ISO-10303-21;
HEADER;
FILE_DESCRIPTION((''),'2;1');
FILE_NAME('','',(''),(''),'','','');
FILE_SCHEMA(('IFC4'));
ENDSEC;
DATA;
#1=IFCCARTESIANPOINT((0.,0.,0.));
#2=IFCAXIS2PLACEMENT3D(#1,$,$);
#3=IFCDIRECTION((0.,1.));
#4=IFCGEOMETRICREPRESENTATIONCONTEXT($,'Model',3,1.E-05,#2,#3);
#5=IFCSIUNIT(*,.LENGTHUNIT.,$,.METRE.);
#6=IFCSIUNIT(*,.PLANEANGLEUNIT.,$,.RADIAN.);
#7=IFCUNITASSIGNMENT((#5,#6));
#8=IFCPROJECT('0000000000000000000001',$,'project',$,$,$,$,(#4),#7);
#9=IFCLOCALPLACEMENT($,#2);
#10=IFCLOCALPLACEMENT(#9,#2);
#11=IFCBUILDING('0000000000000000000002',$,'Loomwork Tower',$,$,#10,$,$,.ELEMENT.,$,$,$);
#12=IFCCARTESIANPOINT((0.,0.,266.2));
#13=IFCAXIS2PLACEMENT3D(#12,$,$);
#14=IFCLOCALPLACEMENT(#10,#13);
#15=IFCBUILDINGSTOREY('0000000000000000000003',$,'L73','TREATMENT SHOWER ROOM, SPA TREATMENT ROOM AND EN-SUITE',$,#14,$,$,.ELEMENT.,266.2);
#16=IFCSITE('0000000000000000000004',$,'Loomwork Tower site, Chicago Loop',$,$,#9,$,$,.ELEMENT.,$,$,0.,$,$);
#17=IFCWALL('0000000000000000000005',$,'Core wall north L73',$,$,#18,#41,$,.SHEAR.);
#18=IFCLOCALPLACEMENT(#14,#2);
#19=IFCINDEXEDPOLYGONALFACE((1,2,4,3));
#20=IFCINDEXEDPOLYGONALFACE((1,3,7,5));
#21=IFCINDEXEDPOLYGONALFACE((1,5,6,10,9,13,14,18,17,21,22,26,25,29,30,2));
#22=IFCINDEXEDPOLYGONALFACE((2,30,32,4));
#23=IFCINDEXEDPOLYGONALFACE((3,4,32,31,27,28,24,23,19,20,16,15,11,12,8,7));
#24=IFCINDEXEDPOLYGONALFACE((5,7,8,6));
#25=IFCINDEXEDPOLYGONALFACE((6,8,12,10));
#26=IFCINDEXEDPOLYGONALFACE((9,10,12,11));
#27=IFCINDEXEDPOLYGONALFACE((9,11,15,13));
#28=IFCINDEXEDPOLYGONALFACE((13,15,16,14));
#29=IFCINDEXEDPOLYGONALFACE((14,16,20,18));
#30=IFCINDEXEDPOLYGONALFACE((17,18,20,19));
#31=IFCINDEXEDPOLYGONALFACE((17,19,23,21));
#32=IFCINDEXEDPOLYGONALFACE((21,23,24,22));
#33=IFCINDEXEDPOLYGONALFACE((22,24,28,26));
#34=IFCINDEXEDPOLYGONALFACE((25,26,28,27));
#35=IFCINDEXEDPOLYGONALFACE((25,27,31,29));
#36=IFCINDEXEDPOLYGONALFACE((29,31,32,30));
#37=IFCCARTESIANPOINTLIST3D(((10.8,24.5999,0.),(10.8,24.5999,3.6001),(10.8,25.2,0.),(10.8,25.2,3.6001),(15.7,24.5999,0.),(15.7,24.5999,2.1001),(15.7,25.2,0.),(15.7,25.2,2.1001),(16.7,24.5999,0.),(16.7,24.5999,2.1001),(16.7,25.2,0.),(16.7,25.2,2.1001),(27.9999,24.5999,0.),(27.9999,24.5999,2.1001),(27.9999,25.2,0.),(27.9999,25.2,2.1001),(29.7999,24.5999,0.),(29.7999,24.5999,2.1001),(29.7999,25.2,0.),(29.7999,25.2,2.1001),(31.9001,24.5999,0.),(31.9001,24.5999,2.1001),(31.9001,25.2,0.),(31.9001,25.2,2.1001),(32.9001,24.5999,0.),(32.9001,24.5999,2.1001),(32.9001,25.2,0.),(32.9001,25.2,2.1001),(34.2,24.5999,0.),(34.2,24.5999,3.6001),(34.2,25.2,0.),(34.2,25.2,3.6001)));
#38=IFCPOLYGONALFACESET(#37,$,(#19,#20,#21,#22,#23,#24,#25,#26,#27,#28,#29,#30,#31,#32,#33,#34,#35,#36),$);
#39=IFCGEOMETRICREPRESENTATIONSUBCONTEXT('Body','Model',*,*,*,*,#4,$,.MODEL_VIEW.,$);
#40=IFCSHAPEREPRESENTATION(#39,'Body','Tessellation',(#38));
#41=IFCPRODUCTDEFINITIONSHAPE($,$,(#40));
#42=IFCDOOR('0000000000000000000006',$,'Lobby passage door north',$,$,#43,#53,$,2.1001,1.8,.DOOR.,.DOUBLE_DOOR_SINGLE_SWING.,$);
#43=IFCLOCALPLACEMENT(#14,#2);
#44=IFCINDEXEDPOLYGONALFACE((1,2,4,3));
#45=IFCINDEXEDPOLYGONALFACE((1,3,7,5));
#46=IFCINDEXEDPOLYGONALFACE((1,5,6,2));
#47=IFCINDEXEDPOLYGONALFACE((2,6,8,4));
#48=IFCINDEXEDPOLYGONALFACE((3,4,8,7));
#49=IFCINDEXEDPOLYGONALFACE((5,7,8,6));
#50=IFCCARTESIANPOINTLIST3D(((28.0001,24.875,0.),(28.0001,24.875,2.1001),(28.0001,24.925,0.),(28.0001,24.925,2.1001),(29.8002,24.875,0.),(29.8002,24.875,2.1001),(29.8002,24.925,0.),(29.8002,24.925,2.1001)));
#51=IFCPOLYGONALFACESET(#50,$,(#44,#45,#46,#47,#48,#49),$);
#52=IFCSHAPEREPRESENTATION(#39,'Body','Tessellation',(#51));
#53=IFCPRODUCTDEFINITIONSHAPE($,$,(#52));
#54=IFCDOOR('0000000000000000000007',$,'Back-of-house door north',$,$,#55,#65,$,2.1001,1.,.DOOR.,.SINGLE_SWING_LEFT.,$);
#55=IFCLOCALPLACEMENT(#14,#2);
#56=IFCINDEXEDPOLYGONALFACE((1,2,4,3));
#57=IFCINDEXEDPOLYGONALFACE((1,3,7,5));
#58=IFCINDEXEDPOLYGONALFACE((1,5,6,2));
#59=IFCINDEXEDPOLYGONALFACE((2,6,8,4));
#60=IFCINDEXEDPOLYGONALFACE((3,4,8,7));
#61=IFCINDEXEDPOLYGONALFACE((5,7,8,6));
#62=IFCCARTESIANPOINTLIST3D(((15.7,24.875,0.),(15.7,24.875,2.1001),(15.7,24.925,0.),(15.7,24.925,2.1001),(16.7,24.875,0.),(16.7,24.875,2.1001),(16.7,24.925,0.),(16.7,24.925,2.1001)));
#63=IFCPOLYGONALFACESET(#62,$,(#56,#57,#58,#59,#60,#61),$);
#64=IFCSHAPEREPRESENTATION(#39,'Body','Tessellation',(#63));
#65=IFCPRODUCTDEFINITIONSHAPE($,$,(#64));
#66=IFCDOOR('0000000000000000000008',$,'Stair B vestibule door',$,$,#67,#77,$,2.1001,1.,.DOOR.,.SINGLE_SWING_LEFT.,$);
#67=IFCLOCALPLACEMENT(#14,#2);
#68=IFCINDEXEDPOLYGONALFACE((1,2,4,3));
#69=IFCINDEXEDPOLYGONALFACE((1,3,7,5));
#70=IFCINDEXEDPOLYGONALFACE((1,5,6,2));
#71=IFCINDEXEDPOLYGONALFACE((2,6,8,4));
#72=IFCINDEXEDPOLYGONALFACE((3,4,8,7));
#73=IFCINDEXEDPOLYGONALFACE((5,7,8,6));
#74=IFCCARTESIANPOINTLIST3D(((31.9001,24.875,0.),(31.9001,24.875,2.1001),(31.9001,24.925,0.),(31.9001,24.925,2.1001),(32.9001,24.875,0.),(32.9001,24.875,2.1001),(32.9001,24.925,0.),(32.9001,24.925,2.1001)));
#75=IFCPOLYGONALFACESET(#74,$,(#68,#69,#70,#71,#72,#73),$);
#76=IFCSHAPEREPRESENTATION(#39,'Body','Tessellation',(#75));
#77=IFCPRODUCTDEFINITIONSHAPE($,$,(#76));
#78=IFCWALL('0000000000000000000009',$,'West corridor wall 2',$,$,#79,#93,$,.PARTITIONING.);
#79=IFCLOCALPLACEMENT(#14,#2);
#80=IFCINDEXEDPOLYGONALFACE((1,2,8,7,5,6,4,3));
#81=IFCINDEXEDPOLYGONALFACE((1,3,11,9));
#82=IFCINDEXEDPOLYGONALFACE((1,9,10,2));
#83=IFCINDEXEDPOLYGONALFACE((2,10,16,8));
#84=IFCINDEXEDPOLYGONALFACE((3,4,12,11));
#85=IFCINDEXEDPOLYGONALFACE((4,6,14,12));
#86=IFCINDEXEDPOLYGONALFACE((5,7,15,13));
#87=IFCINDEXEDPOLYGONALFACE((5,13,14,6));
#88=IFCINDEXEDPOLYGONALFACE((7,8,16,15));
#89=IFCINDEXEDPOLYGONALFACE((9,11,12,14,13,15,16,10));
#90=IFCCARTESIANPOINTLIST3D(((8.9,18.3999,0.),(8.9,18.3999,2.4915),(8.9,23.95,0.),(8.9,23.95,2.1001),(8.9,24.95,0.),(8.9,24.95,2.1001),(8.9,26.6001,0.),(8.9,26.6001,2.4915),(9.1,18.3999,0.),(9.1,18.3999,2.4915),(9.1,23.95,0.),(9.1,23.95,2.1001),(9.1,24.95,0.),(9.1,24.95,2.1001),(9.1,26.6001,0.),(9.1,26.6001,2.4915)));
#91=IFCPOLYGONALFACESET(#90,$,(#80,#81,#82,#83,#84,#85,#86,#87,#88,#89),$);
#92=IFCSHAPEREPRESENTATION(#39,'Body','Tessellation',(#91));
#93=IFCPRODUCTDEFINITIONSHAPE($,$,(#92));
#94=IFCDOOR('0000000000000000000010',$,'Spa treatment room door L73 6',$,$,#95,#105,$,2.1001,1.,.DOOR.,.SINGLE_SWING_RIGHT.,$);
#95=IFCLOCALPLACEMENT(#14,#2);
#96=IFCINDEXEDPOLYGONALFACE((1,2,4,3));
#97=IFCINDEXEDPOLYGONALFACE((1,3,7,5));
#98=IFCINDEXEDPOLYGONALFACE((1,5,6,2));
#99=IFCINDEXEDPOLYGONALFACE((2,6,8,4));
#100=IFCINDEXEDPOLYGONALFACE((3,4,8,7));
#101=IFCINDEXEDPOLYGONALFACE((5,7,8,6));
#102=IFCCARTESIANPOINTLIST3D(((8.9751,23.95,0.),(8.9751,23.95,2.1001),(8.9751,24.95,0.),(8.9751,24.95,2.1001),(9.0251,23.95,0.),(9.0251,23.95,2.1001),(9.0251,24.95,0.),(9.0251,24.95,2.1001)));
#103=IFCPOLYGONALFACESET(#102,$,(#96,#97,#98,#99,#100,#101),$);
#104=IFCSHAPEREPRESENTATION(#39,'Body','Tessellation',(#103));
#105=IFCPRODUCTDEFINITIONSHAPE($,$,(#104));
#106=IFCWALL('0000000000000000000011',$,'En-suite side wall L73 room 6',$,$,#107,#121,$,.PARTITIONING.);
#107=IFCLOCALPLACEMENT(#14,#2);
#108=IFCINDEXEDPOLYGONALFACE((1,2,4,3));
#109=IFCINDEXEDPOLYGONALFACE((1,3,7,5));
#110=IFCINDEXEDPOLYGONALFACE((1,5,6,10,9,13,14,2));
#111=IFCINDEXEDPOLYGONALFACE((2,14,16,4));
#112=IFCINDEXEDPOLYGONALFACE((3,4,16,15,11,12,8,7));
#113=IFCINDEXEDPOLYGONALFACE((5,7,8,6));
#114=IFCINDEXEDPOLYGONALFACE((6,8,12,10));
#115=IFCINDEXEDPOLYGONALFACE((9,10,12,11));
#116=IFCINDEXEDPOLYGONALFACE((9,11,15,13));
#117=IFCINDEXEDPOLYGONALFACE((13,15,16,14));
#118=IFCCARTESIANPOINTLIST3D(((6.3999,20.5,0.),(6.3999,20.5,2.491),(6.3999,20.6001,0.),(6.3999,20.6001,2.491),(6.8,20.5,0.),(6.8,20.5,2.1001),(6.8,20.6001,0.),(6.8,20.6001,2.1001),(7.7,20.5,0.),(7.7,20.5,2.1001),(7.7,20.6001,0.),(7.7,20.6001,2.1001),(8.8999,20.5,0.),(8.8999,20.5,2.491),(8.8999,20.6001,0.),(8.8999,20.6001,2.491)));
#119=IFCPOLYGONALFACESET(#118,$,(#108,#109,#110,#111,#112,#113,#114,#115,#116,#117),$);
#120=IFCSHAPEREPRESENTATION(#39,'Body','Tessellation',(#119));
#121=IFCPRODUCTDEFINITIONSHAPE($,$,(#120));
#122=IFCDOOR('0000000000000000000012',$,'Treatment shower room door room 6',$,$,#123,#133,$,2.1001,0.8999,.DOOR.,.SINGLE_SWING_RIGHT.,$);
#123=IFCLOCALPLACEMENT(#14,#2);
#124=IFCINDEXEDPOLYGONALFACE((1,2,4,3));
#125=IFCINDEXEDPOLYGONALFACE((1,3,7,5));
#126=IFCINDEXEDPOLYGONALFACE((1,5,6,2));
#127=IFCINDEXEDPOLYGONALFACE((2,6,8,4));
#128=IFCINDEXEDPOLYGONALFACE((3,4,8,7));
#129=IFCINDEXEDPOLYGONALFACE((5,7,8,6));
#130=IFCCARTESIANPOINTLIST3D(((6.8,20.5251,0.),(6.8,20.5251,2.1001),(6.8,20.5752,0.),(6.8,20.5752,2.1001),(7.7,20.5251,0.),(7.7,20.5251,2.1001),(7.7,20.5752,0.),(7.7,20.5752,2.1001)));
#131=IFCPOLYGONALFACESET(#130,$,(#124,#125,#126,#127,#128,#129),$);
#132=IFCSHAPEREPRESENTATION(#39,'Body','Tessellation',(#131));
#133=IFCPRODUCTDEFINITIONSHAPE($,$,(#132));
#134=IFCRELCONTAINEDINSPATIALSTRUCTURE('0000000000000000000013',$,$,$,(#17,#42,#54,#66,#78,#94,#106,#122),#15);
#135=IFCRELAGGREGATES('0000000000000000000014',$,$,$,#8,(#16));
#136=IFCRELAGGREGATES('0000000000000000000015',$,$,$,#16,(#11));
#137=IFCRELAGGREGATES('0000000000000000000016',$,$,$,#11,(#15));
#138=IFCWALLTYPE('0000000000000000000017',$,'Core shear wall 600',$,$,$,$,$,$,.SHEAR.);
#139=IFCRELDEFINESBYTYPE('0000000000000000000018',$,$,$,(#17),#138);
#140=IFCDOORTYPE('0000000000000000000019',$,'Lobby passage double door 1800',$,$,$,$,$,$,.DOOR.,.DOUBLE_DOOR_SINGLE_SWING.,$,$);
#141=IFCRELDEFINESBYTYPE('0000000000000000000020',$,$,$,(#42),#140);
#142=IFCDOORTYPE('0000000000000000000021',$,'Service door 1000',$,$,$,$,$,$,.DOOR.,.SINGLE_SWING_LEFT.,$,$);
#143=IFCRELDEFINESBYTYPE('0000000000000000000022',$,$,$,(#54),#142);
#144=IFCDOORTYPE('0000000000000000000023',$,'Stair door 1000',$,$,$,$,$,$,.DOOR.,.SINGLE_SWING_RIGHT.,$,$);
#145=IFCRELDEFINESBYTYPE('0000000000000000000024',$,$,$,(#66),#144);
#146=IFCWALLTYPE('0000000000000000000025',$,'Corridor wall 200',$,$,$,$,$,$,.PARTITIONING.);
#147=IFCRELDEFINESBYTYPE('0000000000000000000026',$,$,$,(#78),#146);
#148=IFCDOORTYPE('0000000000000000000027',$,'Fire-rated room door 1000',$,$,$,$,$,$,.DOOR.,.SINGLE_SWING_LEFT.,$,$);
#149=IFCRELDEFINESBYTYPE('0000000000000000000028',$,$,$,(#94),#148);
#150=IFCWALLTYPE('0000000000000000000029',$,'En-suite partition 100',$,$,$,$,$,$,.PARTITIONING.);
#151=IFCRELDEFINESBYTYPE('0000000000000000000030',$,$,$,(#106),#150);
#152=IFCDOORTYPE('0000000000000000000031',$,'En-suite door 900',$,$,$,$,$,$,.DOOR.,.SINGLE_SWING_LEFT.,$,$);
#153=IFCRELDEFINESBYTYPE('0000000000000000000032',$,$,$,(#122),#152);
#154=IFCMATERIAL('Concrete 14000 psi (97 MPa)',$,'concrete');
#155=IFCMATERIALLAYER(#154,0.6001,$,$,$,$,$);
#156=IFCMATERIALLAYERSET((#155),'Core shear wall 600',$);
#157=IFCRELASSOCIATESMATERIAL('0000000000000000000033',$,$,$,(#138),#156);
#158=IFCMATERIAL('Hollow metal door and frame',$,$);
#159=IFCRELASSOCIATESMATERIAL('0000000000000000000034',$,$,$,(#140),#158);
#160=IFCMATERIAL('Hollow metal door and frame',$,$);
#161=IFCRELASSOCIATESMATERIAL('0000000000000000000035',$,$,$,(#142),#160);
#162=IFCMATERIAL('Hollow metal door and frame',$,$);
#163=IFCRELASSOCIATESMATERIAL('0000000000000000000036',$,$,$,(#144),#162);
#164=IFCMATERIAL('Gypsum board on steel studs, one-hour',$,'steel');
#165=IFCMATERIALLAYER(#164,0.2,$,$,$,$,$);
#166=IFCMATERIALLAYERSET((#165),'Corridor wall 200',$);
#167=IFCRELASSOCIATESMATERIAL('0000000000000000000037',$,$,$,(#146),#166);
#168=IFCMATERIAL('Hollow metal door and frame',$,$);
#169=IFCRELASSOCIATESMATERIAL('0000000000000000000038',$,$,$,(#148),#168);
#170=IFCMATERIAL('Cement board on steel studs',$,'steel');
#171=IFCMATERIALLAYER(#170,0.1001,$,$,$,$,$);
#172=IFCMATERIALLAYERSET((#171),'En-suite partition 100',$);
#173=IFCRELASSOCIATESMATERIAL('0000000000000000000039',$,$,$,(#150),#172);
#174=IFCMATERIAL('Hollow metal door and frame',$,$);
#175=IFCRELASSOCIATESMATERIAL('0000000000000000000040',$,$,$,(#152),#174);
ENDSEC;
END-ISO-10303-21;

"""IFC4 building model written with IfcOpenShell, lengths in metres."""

from ifc_helpers import new_model, si_unit, direction, frame, frame_2d, origin, place, context, subcontext, project, spatial, rectangle, extrude, material, layer, layer_set, type_object, element, fill, save


model = new_model("IFC4")

# Units and contexts
model_context = context("Model", 3, precision=1e-05, world=origin(), true_north=direction((0.0, 1.0)))
body_context = subcontext(model_context, "Body", "Model", "MODEL_VIEW")
ifc_project = project(units=[si_unit("LENGTHUNIT", "METRE"), si_unit("PLANEANGLEUNIT", "RADIAN")], contexts=[model_context])

# Site, building, storey
site_placement = place(None, origin())
site = spatial("IfcSite", under=ifc_project, at=site_placement, Name="Loomwork Tower site, Chicago Loop", CompositionType="ELEMENT", RefElevation=0.0)
building_placement = place(site_placement, origin())
building = spatial("IfcBuilding", under=site, at=building_placement, Name="Loomwork Tower", CompositionType="ELEMENT")
storey_placement = place(building_placement, frame((0.0, 0.0, 266.2)))
storey = spatial("IfcBuildingStorey", under=building, at=storey_placement, Name="L73", Description="TREATMENT SHOWER ROOM, SPA TREATMENT ROOM AND EN-SUITE", CompositionType="ELEMENT", Elevation=266.2)

# Wall, openings, doors
ifc_material_1 = material(Name="Concrete 14000 psi (97 MPa)", Category="concrete")
ifc_layer_1 = layer(ifc_material_1, 0.6001)
ifc_layer_set_1 = layer_set([ifc_layer_1], Name="Core shear wall 600")
wall_type_1 = type_object("IfcWallType", Name="Core shear wall 600", PredefinedType="SHEAR", material=ifc_layer_set_1)
wall_1_placement = place(storey_placement, frame((10.8, 24.8999, 0.0), z_axis=(0.0, 0.0, 1.0), x_axis=(1.0, 0.0, 0.0)))
wall_1 = element("IfcWall", 1, at=wall_1_placement, inside=storey, type_object=wall_type_1, Name="Core wall north L73", PredefinedType="SHEAR", context=body_context, shape_type="SweptSolid", body=[
    extrude(rectangle(XDim=23.3999, YDim=0.6001, at=frame_2d((11.7, 0.0))), origin(), (0.0, 0.0, 1.0), 3.6001),
])
opening_1_placement = place(wall_1_placement, frame((17.2, 0.0, 0.0)))
opening_1 = element("IfcOpeningElement", 2, at=opening_1_placement, cuts=wall_1, PredefinedType="OPENING", context=body_context, shape_type="SweptSolid", body=[
    extrude(rectangle(XDim=1.8, YDim=2.1001, at=frame_2d((0.8999, 1.05))), frame((0.0, 0.3101, 0.0), z_axis=(0.0, -1.0, 0.0), x_axis=(1.0, 0.0, 0.0)), (0.0, 0.0, 1.0), 0.6201),
])
opening_2_placement = place(wall_1_placement, frame((21.1001, 0.0, 0.0)))
opening_2 = element("IfcOpeningElement", 3, at=opening_2_placement, cuts=wall_1, PredefinedType="OPENING", context=body_context, shape_type="SweptSolid", body=[
    extrude(rectangle(XDim=1.0, YDim=2.1001, at=frame_2d((0.5, 1.05))), frame((0.0, 0.3101, 0.0), z_axis=(0.0, -1.0, 0.0), x_axis=(1.0, 0.0, 0.0)), (0.0, 0.0, 1.0), 0.6201),
])
opening_3_placement = place(wall_1_placement, frame((4.8999, 0.0, 0.0)))
opening_3 = element("IfcOpeningElement", 4, at=opening_3_placement, cuts=wall_1, PredefinedType="OPENING", context=body_context, shape_type="SweptSolid", body=[
    extrude(rectangle(XDim=1.0, YDim=2.1001, at=frame_2d((0.5, 1.05))), frame((0.0, 0.3101, 0.0), z_axis=(0.0, -1.0, 0.0), x_axis=(1.0, 0.0, 0.0)), (0.0, 0.0, 1.0), 0.6201),
])
ifc_material_2 = material(Name="Hollow metal door and frame")
door_type_1 = type_object("IfcDoorType", Name="Lobby passage double door 1800", OperationType="DOUBLE_DOOR_SINGLE_SWING", PredefinedType="DOOR", material=ifc_material_2)
door_1_placement = place(opening_1_placement, frame((1.8, 0.0, 0.0), z_axis=(0.0, 0.0, 1.0), x_axis=(-1.0, 0.0, 0.0)))
door_1 = element("IfcDoor", 5, at=door_1_placement, inside=storey, type_object=door_type_1, Name="Lobby passage door north", OperationType="DOUBLE_DOOR_SINGLE_SWING", OverallHeight=2.1001, OverallWidth=1.8, PredefinedType="DOOR", context=body_context, shape_type="SweptSolid", body=[
    extrude(rectangle(XDim=1.8, YDim=2.1001, at=frame_2d((0.8999, 1.05))), frame((0.0, 0.0249, 0.0), z_axis=(0.0, -1.0, 0.0), x_axis=(1.0, 0.0, 0.0)), (0.0, 0.0, 1.0), 0.05),
])
fill(opening_1, door_1)
ifc_material_3 = material(Name="Hollow metal door and frame")
door_type_2 = type_object("IfcDoorType", Name="Service door 1000", OperationType="SINGLE_SWING_LEFT", PredefinedType="DOOR", material=ifc_material_3)
door_2_placement = place(opening_3_placement, frame((1.0, 0.0, 0.0), z_axis=(0.0, 0.0, 1.0), x_axis=(-1.0, 0.0, 0.0)))
door_2 = element("IfcDoor", 6, at=door_2_placement, inside=storey, type_object=door_type_2, Name="Back-of-house door north", OperationType="SINGLE_SWING_LEFT", OverallHeight=2.1001, OverallWidth=1.0, PredefinedType="DOOR", context=body_context, shape_type="SweptSolid", body=[
    extrude(rectangle(XDim=1.0, YDim=2.1001, at=frame_2d((0.5, 1.05))), frame((0.0, 0.0249, 0.0), z_axis=(0.0, -1.0, 0.0), x_axis=(1.0, 0.0, 0.0)), (0.0, 0.0, 1.0), 0.05),
])
fill(opening_3, door_2)
ifc_material_4 = material(Name="Hollow metal door and frame")
door_type_3 = type_object("IfcDoorType", Name="Stair door 1000", OperationType="SINGLE_SWING_RIGHT", PredefinedType="DOOR", material=ifc_material_4)
door_3_placement = place(opening_2_placement, frame((1.0, 0.0, 0.0), z_axis=(0.0, 0.0, 1.0), x_axis=(-1.0, 0.0, 0.0)))
door_3 = element("IfcDoor", 7, at=door_3_placement, inside=storey, type_object=door_type_3, Name="Stair B vestibule door", OperationType="SINGLE_SWING_LEFT", OverallHeight=2.1001, OverallWidth=1.0, PredefinedType="DOOR", context=body_context, shape_type="SweptSolid", body=[
    extrude(rectangle(XDim=1.0, YDim=2.1001, at=frame_2d((0.5, 1.05))), frame((0.0, 0.0249, 0.0), z_axis=(0.0, -1.0, 0.0), x_axis=(1.0, 0.0, 0.0)), (0.0, 0.0, 1.0), 0.05),
])
fill(opening_2, door_3)

# Walls, openings, doors
ifc_material_5 = material(Name="Gypsum board on steel studs, one-hour", Category="steel")
ifc_layer_2 = layer(ifc_material_5, 0.2)
ifc_layer_set_2 = layer_set([ifc_layer_2], Name="Corridor wall 200")
wall_type_2 = type_object("IfcWallType", Name="Corridor wall 200", PredefinedType="PARTITIONING", material=ifc_layer_set_2)
wall_2_placement = place(storey_placement, frame((9.0, 18.3999, 0.0), z_axis=(0.0, 0.0, 1.0), x_axis=(0.0, 1.0, 0.0)))
wall_2 = element("IfcWall", 8, at=wall_2_placement, inside=storey, type_object=wall_type_2, Name="West corridor wall 2", PredefinedType="PARTITIONING", context=body_context, shape_type="SweptSolid", body=[
    extrude(rectangle(XDim=8.2002, YDim=0.2, at=frame_2d((4.1001, 0.0))), origin(), (0.0, 0.0, 1.0), 2.4915),
])
opening_4_placement = place(wall_2_placement, frame((5.55, 0.0, 0.0)))
opening_4 = element("IfcOpeningElement", 9, at=opening_4_placement, cuts=wall_2, PredefinedType="OPENING", context=body_context, shape_type="SweptSolid", body=[
    extrude(rectangle(XDim=1.0, YDim=2.1001, at=frame_2d((0.5, 1.05))), frame((0.0, 0.1099, 0.0), z_axis=(0.0, -1.0, 0.0), x_axis=(1.0, 0.0, 0.0)), (0.0, 0.0, 1.0), 0.22),
])
ifc_material_6 = material(Name="Hollow metal door and frame")
door_type_4 = type_object("IfcDoorType", Name="Fire-rated room door 1000", OperationType="SINGLE_SWING_LEFT", PredefinedType="DOOR", material=ifc_material_6)
door_4_placement = place(opening_4_placement, origin())
door_4 = element("IfcDoor", 10, at=door_4_placement, inside=storey, type_object=door_type_4, Name="Spa treatment room door L73 6", OperationType="SINGLE_SWING_RIGHT", OverallHeight=2.1001, OverallWidth=1.0, PredefinedType="DOOR", context=body_context, shape_type="SweptSolid", body=[
    extrude(rectangle(XDim=1.0, YDim=2.1001, at=frame_2d((0.5, 1.05))), frame((0.0, 0.0249, 0.0), z_axis=(0.0, -1.0, 0.0), x_axis=(1.0, 0.0, 0.0)), (0.0, 0.0, 1.0), 0.05),
])
fill(opening_4, door_4)
ifc_material_7 = material(Name="Cement board on steel studs", Category="steel")
ifc_layer_3 = layer(ifc_material_7, 0.1001)
ifc_layer_set_3 = layer_set([ifc_layer_3], Name="En-suite partition 100")
wall_type_3 = type_object("IfcWallType", Name="En-suite partition 100", PredefinedType="PARTITIONING", material=ifc_layer_set_3)
wall_3_placement = place(storey_placement, frame((8.8999, 20.55, 0.0), z_axis=(0.0, 0.0, 1.0), x_axis=(-1.0, 0.0, 0.0)))
wall_3 = element("IfcWall", 11, at=wall_3_placement, inside=storey, type_object=wall_type_3, Name="En-suite side wall L73 room 6", PredefinedType="PARTITIONING", context=body_context, shape_type="SweptSolid", body=[
    extrude(rectangle(XDim=2.5, YDim=0.1001, at=frame_2d((1.25, 0.0))), origin(), (0.0, 0.0, 1.0), 2.491),
])
opening_5_placement = place(wall_3_placement, frame((1.2, 0.0, 0.0)))
opening_5 = element("IfcOpeningElement", 12, at=opening_5_placement, cuts=wall_3, PredefinedType="OPENING", context=body_context, shape_type="SweptSolid", body=[
    extrude(rectangle(XDim=0.8999, YDim=2.1001, at=frame_2d((0.45, 1.05))), frame((0.0, 0.0601, 0.0), z_axis=(0.0, -1.0, 0.0), x_axis=(1.0, 0.0, 0.0)), (0.0, 0.0, 1.0), 0.1201),
])
ifc_material_8 = material(Name="Hollow metal door and frame")
door_type_5 = type_object("IfcDoorType", Name="En-suite door 900", OperationType="SINGLE_SWING_LEFT", PredefinedType="DOOR", material=ifc_material_8)
door_5_placement = place(opening_5_placement, origin())
door_5 = element("IfcDoor", 13, at=door_5_placement, inside=storey, type_object=door_type_5, Name="Treatment shower room door room 6", OperationType="SINGLE_SWING_RIGHT", OverallHeight=2.1001, OverallWidth=0.8999, PredefinedType="DOOR", context=body_context, shape_type="SweptSolid", body=[
    extrude(rectangle(XDim=0.8999, YDim=2.1001, at=frame_2d((0.45, 1.05))), frame((0.0, 0.0249, 0.0), z_axis=(0.0, -1.0, 0.0), x_axis=(1.0, 0.0, 0.0)), (0.0, 0.0, 1.0), 0.05),
])
fill(opening_5, door_5)

save(model, "model.ifc")
